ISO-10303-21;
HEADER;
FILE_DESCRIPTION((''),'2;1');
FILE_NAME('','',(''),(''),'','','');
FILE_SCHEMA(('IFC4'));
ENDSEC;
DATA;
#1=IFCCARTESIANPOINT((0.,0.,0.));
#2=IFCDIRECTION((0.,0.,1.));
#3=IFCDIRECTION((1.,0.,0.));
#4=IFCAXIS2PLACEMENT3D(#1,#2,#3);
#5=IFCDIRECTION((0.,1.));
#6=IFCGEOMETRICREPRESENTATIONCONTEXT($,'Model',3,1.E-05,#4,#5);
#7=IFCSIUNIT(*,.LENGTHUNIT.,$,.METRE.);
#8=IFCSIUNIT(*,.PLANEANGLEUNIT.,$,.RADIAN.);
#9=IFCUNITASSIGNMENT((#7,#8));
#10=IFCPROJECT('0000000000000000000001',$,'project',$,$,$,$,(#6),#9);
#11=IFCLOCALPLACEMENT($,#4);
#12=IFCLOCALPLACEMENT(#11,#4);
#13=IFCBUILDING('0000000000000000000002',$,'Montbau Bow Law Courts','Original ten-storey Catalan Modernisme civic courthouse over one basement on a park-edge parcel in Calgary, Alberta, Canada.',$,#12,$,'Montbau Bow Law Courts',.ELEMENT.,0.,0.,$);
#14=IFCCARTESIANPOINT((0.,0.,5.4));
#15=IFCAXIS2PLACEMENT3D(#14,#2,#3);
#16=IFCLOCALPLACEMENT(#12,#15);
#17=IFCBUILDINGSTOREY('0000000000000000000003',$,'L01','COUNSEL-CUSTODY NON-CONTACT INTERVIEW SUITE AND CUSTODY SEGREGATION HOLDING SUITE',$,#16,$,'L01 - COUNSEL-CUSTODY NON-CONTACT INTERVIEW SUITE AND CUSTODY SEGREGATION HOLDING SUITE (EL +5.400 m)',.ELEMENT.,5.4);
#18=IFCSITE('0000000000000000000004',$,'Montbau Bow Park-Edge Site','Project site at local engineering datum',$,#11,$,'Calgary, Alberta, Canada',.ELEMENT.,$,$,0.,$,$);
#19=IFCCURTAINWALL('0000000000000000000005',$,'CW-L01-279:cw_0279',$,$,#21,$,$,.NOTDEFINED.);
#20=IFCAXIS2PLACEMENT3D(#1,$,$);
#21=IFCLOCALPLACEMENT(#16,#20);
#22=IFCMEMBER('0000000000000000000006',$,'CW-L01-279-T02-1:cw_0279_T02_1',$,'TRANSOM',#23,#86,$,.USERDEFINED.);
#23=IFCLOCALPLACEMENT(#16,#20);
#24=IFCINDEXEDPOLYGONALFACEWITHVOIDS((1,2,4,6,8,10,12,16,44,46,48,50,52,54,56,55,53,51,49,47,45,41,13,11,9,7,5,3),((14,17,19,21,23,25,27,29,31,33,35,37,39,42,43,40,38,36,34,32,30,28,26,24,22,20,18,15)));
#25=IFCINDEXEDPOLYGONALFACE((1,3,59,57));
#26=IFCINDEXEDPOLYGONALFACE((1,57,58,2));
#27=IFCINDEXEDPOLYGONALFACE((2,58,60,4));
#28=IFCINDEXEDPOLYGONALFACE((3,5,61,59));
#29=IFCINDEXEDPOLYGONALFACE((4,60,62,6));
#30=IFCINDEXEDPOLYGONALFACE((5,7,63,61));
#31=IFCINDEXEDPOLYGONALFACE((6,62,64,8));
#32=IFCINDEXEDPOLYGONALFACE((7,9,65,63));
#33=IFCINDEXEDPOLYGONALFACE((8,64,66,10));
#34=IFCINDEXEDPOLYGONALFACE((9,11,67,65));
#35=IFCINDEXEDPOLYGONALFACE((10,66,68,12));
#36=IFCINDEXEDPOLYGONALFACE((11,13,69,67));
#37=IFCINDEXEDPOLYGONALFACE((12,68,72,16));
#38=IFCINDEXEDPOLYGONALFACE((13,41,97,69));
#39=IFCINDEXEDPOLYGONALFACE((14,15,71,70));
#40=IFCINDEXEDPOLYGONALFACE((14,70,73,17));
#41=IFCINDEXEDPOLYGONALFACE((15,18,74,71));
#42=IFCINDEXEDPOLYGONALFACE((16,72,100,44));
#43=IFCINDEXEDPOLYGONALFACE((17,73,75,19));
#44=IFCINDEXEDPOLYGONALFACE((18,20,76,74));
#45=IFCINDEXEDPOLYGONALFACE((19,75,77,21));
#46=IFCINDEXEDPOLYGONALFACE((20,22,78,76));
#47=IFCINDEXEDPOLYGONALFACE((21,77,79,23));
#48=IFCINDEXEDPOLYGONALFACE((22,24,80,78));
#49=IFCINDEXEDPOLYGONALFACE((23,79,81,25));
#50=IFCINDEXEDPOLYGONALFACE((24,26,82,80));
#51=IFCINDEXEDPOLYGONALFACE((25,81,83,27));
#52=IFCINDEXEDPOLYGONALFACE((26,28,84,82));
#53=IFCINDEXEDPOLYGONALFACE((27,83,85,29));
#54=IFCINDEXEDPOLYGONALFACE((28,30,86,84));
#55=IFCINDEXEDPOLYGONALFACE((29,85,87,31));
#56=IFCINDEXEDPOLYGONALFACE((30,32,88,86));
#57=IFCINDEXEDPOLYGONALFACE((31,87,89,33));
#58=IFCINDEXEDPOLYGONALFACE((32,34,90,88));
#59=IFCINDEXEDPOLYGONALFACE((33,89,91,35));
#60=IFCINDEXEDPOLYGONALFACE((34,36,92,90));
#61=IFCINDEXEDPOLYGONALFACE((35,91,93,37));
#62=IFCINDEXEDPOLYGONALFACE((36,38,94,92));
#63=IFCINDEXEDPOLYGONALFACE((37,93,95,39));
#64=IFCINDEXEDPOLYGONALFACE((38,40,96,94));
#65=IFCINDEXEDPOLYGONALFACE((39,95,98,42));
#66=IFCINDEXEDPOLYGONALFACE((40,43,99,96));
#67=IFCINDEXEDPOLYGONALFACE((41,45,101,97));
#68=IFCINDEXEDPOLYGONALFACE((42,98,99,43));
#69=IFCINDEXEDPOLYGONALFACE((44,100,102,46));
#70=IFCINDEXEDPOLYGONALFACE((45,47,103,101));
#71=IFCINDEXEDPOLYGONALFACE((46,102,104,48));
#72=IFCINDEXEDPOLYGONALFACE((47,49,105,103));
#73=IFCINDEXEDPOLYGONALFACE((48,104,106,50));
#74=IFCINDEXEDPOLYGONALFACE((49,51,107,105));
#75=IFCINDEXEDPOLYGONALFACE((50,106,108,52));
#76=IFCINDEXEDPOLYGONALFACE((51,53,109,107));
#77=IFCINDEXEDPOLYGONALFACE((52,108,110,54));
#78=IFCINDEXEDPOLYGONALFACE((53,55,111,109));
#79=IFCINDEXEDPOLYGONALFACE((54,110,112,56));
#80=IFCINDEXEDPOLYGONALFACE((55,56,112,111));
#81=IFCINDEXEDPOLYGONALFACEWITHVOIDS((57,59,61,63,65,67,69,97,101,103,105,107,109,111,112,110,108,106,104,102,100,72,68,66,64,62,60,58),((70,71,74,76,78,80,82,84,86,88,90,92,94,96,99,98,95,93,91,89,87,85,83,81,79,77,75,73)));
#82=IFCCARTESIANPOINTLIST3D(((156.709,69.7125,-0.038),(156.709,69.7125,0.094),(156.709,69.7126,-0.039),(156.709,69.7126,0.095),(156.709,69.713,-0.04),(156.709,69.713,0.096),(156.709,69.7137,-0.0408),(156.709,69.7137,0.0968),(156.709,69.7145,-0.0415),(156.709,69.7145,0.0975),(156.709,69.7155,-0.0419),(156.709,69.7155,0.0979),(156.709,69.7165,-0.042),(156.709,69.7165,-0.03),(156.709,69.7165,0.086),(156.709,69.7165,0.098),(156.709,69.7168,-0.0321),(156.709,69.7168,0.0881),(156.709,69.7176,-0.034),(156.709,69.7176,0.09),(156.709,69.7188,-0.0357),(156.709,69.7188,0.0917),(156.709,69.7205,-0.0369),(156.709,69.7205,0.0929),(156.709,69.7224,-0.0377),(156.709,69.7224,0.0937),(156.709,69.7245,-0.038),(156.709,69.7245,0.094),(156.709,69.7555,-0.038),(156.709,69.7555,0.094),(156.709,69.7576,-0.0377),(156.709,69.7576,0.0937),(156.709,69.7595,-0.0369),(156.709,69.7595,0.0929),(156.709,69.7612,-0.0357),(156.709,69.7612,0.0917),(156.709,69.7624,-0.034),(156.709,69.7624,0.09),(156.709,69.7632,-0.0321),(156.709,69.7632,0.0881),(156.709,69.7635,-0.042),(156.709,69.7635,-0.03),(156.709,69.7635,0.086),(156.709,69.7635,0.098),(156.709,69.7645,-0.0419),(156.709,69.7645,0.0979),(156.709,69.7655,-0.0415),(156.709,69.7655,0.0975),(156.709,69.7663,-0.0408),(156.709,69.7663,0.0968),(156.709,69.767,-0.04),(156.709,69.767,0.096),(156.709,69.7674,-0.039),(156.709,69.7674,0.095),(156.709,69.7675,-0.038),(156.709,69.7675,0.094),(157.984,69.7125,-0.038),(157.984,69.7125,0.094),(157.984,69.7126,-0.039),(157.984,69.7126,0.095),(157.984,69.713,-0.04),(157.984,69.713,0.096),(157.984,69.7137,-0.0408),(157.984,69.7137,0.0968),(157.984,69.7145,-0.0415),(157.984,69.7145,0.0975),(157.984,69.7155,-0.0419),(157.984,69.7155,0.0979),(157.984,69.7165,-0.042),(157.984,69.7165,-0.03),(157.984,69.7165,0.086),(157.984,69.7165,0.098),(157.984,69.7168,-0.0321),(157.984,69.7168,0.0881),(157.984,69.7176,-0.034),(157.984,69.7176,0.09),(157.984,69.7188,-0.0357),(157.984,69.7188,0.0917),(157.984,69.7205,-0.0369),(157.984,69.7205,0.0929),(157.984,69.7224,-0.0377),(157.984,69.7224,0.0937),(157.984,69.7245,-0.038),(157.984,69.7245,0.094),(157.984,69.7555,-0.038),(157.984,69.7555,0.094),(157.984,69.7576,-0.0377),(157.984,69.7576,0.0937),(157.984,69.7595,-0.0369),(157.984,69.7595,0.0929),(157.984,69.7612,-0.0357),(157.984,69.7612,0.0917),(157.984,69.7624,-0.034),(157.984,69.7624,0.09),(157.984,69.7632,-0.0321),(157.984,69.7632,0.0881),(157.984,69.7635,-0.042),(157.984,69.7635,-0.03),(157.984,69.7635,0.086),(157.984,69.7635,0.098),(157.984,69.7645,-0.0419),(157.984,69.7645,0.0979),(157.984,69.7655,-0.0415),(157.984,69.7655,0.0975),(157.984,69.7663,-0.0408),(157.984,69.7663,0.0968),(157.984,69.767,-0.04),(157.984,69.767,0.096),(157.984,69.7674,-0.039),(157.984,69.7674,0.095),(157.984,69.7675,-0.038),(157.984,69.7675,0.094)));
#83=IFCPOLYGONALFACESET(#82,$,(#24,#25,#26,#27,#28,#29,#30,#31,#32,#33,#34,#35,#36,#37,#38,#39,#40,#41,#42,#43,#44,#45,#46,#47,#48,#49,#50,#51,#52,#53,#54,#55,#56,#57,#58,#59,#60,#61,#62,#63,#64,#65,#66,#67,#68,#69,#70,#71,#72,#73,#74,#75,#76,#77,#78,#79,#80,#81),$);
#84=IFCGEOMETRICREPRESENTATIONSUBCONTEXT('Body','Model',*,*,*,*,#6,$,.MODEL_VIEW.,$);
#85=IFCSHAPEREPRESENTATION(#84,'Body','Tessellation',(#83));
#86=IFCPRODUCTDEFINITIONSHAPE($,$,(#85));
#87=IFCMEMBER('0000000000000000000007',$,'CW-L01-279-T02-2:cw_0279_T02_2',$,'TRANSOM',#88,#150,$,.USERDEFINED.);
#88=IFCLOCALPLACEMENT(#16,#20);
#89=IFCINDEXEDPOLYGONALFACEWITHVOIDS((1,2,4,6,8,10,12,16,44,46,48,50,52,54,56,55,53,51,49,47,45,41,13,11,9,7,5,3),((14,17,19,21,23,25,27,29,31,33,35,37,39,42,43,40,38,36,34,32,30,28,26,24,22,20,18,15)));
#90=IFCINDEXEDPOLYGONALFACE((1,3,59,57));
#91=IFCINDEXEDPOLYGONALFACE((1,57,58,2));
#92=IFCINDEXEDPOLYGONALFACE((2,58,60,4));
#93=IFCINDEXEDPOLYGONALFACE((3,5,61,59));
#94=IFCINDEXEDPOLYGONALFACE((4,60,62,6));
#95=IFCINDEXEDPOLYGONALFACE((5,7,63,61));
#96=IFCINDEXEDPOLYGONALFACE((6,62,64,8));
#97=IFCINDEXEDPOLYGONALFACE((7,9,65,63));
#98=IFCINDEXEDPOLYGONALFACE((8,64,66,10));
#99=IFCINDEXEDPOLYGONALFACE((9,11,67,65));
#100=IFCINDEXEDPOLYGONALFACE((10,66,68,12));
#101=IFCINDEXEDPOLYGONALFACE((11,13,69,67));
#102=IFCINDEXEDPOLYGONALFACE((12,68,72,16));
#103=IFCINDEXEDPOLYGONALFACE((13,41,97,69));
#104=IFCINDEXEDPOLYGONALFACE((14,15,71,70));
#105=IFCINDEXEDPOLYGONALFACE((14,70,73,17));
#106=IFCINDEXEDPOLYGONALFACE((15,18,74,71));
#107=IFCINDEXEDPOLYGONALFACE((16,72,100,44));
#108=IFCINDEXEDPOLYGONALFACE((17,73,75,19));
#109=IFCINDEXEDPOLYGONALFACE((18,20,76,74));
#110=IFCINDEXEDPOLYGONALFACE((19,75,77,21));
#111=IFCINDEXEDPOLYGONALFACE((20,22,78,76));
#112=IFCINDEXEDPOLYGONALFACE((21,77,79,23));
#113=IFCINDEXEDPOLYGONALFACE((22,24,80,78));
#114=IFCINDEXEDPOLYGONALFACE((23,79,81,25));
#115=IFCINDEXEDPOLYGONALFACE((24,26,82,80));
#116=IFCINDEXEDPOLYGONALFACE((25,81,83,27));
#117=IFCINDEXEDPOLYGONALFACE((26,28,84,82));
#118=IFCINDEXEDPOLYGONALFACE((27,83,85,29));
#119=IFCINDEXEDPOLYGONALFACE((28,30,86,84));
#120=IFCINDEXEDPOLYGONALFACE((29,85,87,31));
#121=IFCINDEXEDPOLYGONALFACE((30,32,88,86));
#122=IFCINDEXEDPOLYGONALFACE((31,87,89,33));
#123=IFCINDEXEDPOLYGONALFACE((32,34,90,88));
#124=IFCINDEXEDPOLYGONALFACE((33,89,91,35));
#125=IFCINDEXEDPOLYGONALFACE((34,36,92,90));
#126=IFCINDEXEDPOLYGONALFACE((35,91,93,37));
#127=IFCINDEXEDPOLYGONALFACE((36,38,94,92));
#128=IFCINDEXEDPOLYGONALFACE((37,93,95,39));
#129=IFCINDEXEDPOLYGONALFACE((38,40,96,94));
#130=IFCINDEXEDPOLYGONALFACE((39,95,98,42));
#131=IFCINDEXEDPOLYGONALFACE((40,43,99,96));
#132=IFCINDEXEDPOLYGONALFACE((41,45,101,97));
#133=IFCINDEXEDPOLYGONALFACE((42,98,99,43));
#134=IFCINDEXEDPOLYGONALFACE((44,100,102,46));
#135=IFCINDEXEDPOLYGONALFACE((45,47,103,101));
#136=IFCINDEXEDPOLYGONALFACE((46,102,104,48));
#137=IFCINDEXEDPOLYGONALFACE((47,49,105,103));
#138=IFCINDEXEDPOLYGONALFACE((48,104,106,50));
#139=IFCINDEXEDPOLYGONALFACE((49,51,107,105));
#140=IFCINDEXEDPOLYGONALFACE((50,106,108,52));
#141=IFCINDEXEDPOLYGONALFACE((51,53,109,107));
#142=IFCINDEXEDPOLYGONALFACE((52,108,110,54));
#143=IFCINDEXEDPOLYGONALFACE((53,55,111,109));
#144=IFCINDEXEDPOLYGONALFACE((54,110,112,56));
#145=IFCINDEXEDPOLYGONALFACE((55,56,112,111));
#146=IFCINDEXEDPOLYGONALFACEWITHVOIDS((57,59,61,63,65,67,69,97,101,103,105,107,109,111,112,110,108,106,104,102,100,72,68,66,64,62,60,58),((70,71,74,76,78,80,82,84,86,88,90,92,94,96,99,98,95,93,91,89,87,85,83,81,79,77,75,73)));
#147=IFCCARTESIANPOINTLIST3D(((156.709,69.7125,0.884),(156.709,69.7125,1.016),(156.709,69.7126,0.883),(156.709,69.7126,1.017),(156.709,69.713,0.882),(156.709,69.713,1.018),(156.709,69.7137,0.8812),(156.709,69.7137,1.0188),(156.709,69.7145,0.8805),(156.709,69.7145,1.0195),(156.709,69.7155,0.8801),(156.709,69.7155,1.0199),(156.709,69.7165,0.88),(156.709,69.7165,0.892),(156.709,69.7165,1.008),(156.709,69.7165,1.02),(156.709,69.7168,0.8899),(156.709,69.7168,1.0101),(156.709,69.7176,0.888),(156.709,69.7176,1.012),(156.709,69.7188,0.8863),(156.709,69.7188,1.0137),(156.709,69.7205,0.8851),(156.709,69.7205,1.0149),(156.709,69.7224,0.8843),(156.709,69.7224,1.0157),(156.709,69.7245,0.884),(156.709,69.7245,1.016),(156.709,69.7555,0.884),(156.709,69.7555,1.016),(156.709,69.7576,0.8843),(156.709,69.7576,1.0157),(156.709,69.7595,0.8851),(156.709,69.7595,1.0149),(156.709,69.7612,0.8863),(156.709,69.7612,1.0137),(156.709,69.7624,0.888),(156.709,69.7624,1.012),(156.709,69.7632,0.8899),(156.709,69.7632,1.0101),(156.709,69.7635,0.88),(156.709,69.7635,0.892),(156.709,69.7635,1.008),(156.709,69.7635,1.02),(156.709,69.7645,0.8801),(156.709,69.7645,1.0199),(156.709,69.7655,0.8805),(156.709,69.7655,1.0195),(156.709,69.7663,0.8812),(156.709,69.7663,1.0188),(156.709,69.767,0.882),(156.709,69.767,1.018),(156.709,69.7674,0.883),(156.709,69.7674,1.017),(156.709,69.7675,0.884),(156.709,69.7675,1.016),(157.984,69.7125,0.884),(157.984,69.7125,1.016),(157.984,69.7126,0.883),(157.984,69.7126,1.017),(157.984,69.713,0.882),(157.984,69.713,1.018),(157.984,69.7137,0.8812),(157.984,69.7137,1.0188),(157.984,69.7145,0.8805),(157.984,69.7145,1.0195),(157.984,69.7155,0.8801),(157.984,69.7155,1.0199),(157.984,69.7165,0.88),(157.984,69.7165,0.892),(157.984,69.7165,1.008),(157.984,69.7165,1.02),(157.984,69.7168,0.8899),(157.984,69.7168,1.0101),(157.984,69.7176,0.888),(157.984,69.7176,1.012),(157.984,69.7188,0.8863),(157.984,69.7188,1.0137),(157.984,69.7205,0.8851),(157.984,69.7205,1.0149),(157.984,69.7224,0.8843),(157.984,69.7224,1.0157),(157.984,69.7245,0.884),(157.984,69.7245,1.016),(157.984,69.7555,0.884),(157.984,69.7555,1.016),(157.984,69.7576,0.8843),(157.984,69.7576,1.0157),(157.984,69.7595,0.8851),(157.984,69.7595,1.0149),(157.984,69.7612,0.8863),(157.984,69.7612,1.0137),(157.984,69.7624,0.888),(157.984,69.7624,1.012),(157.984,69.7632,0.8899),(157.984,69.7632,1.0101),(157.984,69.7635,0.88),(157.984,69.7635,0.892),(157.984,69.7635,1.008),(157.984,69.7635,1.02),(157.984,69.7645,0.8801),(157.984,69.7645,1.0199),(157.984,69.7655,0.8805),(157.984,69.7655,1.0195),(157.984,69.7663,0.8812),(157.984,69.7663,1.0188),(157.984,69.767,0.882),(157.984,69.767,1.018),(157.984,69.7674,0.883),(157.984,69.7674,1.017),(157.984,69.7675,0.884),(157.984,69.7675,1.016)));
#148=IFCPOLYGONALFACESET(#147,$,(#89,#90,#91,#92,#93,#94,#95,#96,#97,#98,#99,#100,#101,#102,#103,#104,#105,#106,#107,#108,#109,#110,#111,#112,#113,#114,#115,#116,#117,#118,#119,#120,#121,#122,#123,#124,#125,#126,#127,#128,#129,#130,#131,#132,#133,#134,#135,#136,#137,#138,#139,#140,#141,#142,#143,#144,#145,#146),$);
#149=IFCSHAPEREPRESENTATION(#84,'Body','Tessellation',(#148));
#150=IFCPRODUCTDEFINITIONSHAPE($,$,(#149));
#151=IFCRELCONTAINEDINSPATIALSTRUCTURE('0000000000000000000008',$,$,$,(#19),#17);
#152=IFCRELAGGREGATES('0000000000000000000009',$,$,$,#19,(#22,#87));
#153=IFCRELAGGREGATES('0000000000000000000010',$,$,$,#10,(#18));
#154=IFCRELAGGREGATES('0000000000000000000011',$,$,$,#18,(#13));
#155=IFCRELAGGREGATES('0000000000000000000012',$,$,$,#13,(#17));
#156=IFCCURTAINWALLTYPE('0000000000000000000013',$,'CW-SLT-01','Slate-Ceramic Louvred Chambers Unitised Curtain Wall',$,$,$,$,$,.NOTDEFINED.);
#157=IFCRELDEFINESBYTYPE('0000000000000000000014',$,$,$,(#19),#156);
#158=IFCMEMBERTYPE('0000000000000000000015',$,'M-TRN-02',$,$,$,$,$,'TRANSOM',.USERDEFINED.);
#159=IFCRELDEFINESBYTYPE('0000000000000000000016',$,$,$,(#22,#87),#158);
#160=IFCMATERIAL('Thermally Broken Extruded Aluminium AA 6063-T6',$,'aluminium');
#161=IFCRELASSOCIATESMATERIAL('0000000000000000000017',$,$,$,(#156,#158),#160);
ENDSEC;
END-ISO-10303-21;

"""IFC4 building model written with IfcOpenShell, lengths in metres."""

from ifc_helpers import new_model, si_unit, direction, frame, origin_with_axes, origin_2d_with_axis, place, context, subcontext, project, spatial, hollow_rectangle, extrude, material, material_profile, profile_set, type_object, element, aggregate, save


model = new_model("IFC4")

# Units and contexts
model_context = context("Model", 3, precision=1e-05, world=origin_with_axes(), true_north=direction((0.0, 1.0)))
body_context = subcontext(model_context, "Body", "Model", "MODEL_VIEW")
ifc_project = project(units=[si_unit("LENGTHUNIT", "METRE"), si_unit("PLANEANGLEUNIT", "RADIAN")], contexts=[model_context])

# Site, building, storey
site_placement = place(None, origin_with_axes())
site = spatial("IfcSite", under=ifc_project, at=site_placement, Name="Montbau Bow Park-Edge Site", Description="Project site at local engineering datum", LongName="Calgary, Alberta, Canada", CompositionType="ELEMENT", RefElevation=0.0)
building_placement = place(site_placement, origin_with_axes())
building = spatial("IfcBuilding", under=site, at=building_placement, Name="Montbau Bow Law Courts", Description="Original ten-storey Catalan Modernisme civic courthouse over one basement on a park-edge parcel in Calgary, Alberta, Canada.", LongName="Montbau Bow Law Courts", CompositionType="ELEMENT", ElevationOfRefHeight=0.0, ElevationOfTerrain=0.0)
storey_placement = place(building_placement, frame((0.0, 0.0, 5.4), z_axis=(0.0, 0.0, 1.0), x_axis=(1.0, 0.0, 0.0)))
storey = spatial("IfcBuildingStorey", under=building, at=storey_placement, Name="L01", Description="COUNSEL-CUSTODY NON-CONTACT INTERVIEW SUITE AND CUSTODY SEGREGATION HOLDING SUITE", LongName="L01 - COUNSEL-CUSTODY NON-CONTACT INTERVIEW SUITE AND CUSTODY SEGREGATION HOLDING SUITE (EL +5.400 m)", CompositionType="ELEMENT", Elevation=5.4)

# Curtain wall
ifc_material_1 = material(Name="Thermally Broken Extruded Aluminium AA 6063-T6", Category="aluminium")
curtain_wall_type = type_object("IfcCurtainWallType", Name="CW-SLT-01", Description="Slate-Ceramic Louvred Chambers Unitised Curtain Wall", PredefinedType="NOTDEFINED", material=ifc_material_1)
curtain_wall_1_placement = place(None, frame((155.315, 69.74, 5.4), z_axis=(0.0, 0.0, 1.0), x_axis=(1.0, 0.0, 0.0)))
curtain_wall_1 = element("IfcCurtainWall", 1, at=curtain_wall_1_placement, inside=storey, type_object=curtain_wall_type, Name="CW-L01-279:cw_0279", PredefinedType="NOTDEFINED")

# Members
ifc_material_profile_1 = material_profile(ifc_material_1, hollow_rectangle(XDim=0.055, YDim=0.14, WallThickness=0.004, InnerFilletRadius=0.008, OuterFilletRadius=0.004, at=origin_2d_with_axis()), Name="CWT-140X55", Category="Main", Priority=0)
ifc_profile_set_1 = profile_set([ifc_material_profile_1], Name="Thermally Broken Extruded Aluminium AA 6063-T6")
member_type_1 = type_object("IfcMemberType", Name="M-TRN-02", ElementType="TRANSOM", PredefinedType="USERDEFINED", material=ifc_profile_set_1)
member_1_placement = place(None, frame((156.709, 69.74, 5.428), z_axis=(1.0, 0.0, 0.0), x_axis=(0.0, 1.0, 0.0)))
member_1 = element("IfcMember", 2, at=member_1_placement, type_object=member_type_1, Name="CW-L01-279-T02-1:cw_0279_T02_1", ObjectType="TRANSOM", PredefinedType="USERDEFINED", context=body_context, shape_type="SweptSolid", body=[
    extrude(hollow_rectangle(XDim=0.055, YDim=0.14, WallThickness=0.004, InnerFilletRadius=0.008, OuterFilletRadius=0.004, at=origin_2d_with_axis()), origin_with_axes(), (0.0, 0.0, 1.0), 1.275),
])
member_2_placement = place(None, frame((156.709, 69.74, 6.35), z_axis=(1.0, 0.0, 0.0), x_axis=(0.0, 1.0, 0.0)))
member_2 = element("IfcMember", 3, at=member_2_placement, type_object=member_type_1, Name="CW-L01-279-T02-2:cw_0279_T02_2", ObjectType="TRANSOM", PredefinedType="USERDEFINED", context=body_context, shape_type="SweptSolid", body=[
    extrude(hollow_rectangle(XDim=0.055, YDim=0.14, WallThickness=0.004, InnerFilletRadius=0.008, OuterFilletRadius=0.004, at=origin_2d_with_axis()), origin_with_axes(), (0.0, 0.0, 1.0), 1.275),
])

aggregate(curtain_wall_1, [member_1, member_2])

save(model, "model.ifc")
